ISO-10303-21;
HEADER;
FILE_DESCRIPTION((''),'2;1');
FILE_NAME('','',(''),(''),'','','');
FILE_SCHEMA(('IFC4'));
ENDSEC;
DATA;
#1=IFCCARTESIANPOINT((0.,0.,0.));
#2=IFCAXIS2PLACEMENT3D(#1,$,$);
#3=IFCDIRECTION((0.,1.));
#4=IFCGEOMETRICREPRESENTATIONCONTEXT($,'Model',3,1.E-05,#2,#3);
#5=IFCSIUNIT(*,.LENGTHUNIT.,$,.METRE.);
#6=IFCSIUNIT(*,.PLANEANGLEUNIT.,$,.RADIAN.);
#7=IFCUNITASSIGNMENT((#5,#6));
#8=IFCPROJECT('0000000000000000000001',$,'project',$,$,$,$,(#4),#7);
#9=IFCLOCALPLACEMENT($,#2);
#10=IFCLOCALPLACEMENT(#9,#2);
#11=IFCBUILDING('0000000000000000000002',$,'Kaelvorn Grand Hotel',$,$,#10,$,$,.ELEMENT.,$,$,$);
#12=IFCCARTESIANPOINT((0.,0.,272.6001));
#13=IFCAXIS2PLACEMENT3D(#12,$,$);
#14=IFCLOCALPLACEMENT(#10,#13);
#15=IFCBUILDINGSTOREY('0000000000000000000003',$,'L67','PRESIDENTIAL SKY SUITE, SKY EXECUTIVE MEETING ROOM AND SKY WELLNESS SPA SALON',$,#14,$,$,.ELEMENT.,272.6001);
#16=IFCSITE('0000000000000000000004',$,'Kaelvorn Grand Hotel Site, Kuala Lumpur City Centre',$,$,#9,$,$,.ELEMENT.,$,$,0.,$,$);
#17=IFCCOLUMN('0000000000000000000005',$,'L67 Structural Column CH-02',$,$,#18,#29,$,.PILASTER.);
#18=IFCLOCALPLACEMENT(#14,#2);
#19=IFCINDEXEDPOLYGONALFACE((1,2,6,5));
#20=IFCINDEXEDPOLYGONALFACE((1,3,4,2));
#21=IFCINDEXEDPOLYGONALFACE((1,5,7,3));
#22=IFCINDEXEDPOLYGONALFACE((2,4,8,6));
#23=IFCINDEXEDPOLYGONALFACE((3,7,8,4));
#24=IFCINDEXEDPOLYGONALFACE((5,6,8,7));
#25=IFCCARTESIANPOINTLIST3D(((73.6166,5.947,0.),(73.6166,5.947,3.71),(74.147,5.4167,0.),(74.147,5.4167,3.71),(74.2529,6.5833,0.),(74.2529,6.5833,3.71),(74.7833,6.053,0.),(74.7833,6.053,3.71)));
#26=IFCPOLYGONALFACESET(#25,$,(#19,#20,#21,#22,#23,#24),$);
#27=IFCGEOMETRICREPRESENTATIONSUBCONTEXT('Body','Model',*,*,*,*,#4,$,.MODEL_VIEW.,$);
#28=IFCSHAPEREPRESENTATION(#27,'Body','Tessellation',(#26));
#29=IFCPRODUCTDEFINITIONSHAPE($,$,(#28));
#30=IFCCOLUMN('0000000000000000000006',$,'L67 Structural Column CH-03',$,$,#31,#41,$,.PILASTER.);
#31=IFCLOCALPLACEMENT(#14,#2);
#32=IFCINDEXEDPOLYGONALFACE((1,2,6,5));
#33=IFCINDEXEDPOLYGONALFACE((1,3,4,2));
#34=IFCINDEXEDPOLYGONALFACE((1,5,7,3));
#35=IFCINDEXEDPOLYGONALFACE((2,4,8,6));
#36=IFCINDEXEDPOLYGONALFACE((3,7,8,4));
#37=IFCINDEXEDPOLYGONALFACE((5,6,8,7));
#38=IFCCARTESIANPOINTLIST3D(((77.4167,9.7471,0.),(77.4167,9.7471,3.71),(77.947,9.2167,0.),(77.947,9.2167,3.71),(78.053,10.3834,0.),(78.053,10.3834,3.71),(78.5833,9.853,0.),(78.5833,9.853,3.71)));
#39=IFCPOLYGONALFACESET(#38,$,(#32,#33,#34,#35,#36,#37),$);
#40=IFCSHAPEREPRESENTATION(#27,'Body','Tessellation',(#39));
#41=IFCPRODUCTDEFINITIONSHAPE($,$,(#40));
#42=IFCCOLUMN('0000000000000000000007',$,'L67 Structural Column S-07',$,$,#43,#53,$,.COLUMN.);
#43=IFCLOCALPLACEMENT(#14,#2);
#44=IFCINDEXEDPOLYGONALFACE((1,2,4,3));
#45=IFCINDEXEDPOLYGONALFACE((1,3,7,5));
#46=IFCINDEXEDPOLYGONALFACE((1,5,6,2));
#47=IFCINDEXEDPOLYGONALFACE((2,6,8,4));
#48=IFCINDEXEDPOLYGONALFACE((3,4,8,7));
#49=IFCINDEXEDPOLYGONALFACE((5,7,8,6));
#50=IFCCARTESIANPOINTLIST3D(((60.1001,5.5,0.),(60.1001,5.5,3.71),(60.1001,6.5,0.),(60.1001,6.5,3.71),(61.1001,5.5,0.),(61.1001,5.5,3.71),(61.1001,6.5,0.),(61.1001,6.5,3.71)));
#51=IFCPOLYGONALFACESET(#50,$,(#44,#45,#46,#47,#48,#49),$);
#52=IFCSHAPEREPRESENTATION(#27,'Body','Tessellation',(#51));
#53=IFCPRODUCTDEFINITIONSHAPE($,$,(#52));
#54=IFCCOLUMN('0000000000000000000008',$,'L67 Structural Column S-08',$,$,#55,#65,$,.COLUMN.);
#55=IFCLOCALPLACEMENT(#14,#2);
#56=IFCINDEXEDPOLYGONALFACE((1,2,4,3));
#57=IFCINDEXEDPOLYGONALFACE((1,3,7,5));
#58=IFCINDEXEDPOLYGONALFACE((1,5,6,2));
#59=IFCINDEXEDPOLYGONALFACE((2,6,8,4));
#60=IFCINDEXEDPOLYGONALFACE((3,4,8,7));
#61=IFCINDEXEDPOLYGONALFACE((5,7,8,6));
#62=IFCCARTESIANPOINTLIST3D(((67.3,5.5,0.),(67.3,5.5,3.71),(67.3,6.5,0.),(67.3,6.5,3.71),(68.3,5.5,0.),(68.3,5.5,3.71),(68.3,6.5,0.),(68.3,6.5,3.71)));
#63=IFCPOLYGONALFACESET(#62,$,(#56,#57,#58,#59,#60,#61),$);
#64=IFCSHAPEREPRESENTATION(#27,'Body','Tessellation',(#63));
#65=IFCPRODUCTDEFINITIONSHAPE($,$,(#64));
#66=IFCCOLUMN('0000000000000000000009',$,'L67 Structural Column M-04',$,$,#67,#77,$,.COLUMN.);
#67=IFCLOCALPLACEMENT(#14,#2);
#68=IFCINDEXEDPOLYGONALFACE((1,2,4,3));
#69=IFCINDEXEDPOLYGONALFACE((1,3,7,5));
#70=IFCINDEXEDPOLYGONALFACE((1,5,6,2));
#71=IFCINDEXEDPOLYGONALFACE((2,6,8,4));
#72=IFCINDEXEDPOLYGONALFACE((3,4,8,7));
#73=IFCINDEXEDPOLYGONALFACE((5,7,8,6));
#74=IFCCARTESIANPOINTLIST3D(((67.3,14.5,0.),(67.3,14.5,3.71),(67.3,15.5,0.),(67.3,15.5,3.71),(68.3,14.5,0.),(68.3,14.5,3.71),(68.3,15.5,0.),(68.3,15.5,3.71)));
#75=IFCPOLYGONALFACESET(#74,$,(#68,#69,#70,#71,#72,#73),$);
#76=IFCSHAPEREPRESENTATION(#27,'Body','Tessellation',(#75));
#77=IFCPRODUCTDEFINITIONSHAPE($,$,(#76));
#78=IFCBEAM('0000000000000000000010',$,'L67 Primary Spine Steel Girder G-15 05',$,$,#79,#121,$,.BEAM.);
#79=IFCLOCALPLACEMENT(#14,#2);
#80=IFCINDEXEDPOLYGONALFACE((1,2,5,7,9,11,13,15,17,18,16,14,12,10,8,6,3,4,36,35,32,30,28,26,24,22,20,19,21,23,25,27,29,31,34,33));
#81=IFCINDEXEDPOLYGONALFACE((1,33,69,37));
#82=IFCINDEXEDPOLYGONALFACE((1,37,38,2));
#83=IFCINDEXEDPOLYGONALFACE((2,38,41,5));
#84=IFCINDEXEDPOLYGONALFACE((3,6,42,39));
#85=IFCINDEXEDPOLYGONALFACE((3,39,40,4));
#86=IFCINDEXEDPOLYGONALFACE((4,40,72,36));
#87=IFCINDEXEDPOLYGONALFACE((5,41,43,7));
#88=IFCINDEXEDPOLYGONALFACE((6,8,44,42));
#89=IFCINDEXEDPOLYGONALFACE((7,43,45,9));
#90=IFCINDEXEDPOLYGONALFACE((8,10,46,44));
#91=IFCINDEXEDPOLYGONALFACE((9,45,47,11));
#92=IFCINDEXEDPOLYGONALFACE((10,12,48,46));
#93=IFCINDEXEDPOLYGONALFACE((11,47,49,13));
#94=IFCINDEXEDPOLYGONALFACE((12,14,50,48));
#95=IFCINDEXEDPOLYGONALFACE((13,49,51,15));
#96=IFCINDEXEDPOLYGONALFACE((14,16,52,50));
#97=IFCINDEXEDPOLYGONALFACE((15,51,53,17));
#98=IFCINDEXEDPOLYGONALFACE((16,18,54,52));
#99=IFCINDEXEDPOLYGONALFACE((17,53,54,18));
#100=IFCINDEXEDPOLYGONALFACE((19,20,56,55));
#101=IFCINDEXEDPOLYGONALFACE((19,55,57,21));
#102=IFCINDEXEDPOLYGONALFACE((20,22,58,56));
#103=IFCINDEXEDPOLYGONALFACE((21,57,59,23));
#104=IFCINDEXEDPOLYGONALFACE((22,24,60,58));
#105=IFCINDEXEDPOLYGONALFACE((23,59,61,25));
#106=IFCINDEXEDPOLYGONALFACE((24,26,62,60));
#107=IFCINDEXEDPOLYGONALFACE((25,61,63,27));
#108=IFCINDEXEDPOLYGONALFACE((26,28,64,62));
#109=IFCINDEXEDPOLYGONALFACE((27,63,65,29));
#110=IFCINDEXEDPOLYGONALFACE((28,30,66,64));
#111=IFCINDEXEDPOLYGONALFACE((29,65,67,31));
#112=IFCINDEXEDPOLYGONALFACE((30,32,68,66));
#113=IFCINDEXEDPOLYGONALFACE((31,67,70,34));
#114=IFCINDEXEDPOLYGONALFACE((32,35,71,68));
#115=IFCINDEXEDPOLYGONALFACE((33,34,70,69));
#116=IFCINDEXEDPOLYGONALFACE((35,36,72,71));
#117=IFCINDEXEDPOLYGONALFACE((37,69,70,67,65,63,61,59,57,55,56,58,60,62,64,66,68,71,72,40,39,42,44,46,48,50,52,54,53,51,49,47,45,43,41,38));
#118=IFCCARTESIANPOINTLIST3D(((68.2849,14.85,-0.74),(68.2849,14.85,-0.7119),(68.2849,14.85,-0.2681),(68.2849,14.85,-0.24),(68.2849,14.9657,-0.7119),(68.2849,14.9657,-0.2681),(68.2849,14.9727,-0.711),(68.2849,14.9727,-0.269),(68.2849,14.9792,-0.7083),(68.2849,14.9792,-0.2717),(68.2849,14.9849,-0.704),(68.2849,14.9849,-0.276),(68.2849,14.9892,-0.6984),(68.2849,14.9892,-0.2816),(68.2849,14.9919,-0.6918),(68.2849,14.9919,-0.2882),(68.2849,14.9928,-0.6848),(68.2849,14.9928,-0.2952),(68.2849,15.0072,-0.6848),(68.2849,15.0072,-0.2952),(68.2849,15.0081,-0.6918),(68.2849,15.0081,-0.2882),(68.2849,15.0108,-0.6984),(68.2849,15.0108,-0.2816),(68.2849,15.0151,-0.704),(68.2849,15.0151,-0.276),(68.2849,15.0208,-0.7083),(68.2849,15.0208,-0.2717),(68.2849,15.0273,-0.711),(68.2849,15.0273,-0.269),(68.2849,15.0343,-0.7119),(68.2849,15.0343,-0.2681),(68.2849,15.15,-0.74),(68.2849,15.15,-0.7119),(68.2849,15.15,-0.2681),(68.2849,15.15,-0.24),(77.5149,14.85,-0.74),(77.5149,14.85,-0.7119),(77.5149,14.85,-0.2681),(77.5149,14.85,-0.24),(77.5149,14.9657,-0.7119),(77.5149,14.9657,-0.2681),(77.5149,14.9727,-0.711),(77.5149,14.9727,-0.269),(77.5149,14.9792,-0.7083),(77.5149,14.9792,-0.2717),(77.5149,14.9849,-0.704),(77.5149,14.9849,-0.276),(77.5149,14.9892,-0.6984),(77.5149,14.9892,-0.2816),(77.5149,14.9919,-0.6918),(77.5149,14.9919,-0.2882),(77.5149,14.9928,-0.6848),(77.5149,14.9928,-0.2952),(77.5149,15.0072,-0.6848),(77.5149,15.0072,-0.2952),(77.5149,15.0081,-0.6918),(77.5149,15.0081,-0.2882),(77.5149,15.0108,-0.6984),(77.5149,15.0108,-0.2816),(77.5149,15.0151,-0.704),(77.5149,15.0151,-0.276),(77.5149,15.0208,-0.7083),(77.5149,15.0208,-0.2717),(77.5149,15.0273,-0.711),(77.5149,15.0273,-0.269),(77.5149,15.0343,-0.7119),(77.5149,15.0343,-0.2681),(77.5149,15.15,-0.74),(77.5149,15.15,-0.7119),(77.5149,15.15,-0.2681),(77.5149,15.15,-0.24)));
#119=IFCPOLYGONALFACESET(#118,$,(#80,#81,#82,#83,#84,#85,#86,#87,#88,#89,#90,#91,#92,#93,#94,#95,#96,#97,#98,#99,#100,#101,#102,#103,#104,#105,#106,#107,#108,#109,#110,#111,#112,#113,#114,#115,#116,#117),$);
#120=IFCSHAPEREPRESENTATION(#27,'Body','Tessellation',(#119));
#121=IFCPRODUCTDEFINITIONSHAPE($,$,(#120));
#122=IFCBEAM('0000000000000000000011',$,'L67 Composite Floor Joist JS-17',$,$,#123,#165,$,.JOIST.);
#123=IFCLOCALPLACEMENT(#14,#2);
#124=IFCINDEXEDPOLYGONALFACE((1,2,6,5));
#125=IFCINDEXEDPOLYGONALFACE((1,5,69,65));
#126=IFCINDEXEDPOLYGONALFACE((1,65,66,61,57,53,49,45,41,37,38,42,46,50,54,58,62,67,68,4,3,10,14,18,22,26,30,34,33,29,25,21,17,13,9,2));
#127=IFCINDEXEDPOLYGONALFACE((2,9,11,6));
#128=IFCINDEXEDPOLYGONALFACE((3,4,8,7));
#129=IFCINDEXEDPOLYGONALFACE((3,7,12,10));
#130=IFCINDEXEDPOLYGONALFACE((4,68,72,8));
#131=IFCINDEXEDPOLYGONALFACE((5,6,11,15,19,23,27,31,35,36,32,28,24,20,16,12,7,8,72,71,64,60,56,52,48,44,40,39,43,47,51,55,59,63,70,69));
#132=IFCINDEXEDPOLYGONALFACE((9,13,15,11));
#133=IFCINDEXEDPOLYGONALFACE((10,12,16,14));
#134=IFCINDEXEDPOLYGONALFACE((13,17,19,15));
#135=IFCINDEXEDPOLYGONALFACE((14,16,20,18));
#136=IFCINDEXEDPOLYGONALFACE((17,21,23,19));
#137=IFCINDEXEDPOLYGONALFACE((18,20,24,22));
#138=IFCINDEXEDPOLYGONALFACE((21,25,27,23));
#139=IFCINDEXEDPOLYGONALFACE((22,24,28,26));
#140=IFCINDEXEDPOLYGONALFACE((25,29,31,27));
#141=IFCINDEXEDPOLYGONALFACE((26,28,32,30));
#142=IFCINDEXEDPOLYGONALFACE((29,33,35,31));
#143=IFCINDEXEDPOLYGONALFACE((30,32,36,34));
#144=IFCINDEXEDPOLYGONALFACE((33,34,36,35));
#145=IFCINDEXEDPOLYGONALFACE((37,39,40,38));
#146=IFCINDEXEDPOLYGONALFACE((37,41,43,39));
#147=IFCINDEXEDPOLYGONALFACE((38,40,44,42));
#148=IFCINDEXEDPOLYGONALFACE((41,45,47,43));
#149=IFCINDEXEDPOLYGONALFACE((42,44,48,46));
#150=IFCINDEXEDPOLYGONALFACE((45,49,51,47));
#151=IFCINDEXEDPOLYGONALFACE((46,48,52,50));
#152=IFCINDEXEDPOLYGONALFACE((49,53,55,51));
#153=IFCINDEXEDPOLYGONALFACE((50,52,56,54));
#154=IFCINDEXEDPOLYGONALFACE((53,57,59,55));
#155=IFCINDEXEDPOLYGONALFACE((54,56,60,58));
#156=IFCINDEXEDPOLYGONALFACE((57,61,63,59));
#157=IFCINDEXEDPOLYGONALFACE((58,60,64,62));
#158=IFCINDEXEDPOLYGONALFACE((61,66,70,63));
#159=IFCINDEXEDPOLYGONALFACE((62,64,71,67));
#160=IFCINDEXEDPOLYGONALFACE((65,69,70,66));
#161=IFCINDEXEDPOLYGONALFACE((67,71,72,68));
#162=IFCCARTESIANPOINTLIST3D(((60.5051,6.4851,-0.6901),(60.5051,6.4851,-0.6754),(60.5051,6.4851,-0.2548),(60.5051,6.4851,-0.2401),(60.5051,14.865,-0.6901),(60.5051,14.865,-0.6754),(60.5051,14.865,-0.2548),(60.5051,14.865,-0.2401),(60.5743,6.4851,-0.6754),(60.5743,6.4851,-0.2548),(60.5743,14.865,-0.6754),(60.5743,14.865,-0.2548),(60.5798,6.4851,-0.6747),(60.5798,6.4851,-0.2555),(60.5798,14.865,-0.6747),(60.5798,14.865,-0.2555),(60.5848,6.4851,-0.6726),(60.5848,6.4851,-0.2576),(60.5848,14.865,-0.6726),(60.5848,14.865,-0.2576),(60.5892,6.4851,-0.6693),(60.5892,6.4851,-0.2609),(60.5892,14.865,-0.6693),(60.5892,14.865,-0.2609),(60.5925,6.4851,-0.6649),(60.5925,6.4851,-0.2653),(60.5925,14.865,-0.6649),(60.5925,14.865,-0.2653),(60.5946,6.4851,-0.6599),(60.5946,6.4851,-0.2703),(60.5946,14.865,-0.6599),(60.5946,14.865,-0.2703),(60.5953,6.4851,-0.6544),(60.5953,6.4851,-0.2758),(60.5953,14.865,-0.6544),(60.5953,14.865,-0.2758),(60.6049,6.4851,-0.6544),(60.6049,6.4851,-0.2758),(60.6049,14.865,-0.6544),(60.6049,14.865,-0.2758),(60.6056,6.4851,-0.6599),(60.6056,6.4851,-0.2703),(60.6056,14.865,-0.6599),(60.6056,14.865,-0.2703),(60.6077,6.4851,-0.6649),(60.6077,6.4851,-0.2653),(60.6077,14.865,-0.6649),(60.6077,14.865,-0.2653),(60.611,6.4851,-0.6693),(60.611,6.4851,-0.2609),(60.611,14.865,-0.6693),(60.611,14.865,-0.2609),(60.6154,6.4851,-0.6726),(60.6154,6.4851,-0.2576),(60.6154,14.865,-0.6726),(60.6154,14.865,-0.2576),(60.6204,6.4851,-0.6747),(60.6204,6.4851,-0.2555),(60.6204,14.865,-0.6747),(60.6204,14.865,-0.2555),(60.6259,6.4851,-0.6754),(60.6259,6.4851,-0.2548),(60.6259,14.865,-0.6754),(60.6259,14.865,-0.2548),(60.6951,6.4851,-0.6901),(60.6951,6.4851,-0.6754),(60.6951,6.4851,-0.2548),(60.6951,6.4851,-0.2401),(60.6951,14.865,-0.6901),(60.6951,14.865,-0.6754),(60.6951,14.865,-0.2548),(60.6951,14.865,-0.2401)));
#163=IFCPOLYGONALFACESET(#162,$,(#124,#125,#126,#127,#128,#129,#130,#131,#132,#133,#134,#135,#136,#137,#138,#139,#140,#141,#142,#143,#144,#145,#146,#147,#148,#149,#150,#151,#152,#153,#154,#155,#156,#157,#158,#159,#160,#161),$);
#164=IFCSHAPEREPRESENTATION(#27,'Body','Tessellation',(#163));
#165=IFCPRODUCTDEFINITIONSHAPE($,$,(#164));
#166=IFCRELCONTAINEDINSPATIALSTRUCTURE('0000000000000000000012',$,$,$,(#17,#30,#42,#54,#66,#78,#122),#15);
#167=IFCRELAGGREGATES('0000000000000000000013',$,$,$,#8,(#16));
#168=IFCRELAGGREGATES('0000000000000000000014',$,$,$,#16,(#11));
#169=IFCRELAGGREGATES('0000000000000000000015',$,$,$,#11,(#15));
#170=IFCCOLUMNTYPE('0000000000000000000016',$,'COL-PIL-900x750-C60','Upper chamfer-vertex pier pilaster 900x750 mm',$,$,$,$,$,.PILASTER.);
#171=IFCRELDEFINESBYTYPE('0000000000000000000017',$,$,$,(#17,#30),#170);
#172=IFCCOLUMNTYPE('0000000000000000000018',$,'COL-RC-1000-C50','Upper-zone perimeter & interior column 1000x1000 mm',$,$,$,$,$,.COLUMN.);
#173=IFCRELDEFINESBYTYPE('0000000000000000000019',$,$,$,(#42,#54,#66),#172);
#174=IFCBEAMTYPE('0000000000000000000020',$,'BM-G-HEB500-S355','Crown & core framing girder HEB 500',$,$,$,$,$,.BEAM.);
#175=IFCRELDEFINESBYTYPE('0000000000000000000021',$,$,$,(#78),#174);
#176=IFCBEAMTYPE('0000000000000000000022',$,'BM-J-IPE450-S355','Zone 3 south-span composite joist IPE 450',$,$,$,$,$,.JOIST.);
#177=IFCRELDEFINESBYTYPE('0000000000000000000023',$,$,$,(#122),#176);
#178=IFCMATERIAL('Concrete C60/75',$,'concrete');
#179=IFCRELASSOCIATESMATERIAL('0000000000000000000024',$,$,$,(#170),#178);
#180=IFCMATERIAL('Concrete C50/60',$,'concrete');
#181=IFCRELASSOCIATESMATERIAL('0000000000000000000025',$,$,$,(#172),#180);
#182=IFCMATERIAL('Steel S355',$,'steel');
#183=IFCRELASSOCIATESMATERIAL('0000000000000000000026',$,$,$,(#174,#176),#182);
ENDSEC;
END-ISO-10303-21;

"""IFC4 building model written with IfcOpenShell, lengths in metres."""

from ifc_helpers import new_model, si_unit, direction, frame, origin, origin_2d, place, context, subcontext, project, spatial, rectangle, i_section, extrude, material, material_profile, profile_set, type_object, element, save


model = new_model("IFC4")

# Units and contexts
model_context = context("Model", 3, precision=1e-05, world=origin(), true_north=direction((0.0, 1.0)))
body_context = subcontext(model_context, "Body", "Model", "MODEL_VIEW")
ifc_project = project(units=[si_unit("LENGTHUNIT", "METRE"), si_unit("PLANEANGLEUNIT", "RADIAN")], contexts=[model_context])

# Site, building, storey
site_placement = place(None, origin())
site = spatial("IfcSite", under=ifc_project, at=site_placement, Name="Kaelvorn Grand Hotel Site, Kuala Lumpur City Centre", CompositionType="ELEMENT", RefElevation=0.0)
building_placement = place(site_placement, origin())
building = spatial("IfcBuilding", under=site, at=building_placement, Name="Kaelvorn Grand Hotel", CompositionType="ELEMENT")
storey_placement = place(building_placement, frame((0.0, 0.0, 272.6001)))
storey = spatial("IfcBuildingStorey", under=building, at=storey_placement, Name="L67", Description="PRESIDENTIAL SKY SUITE, SKY EXECUTIVE MEETING ROOM AND SKY WELLNESS SPA SALON", CompositionType="ELEMENT", Elevation=272.6001)

# Columns
ifc_material_1 = material(Name="Concrete C60/75", Category="concrete")
ifc_material_profile_1 = material_profile(ifc_material_1, rectangle(XDim=0.8999, YDim=0.75, at=origin_2d()), Name="RC PILASTER 900x750")
ifc_profile_set_1 = profile_set([ifc_material_profile_1], Name="Concrete C60/75")
column_type_1 = type_object("IfcColumnType", Name="COL-PIL-900x750-C60", Description="Upper chamfer-vertex pier pilaster 900x750 mm", PredefinedType="PILASTER", material=ifc_profile_set_1)
for number, where, z_axis, x_axis, name in (
    (1, (74.2, 6.0, 0.0), (0.0, 0.0, 1.0), (0.707107, 0.707107, 0.0), "L67 Structural Column CH-02"),
    (2, (78.0, 9.8, 0.0), (0.0, 0.0, 1.0), (0.707107, 0.707107, 0.0), "L67 Structural Column CH-03"),
):
    element("IfcColumn", number, at=place(storey_placement, frame(where, z_axis=z_axis, x_axis=x_axis)), inside=storey, type_object=column_type_1, Name=name, PredefinedType="PILASTER", context=body_context, shape_type="SweptSolid", body=[
        extrude(rectangle(XDim=0.8999, YDim=0.75, at=origin_2d()), origin(), (0.0, 0.0, 1.0), 3.71),
    ])
ifc_material_2 = material(Name="Concrete C50/60", Category="concrete")
ifc_material_profile_2 = material_profile(ifc_material_2, rectangle(XDim=1.0, YDim=1.0, at=origin_2d()), Name="RC COL 1000x1000")
ifc_profile_set_2 = profile_set([ifc_material_profile_2], Name="Concrete C50/60")
column_type_2 = type_object("IfcColumnType", Name="COL-RC-1000-C50", Description="Upper-zone perimeter & interior column 1000x1000 mm", PredefinedType="COLUMN", material=ifc_profile_set_2)
for number, where, z_axis, x_axis, name in (
    (3, (60.6001, 6.0, 0.0), (0.0, 0.0, 1.0), (1.0, 0.0, 0.0), "L67 Structural Column S-07"),
    (4, (67.8, 6.0, 0.0), (0.0, 0.0, 1.0), (1.0, 0.0, 0.0), "L67 Structural Column S-08"),
    (5, (67.8, 15.0, 0.0), (0.0, 0.0, 1.0), (1.0, 0.0, 0.0), "L67 Structural Column M-04"),
):
    element("IfcColumn", number, at=place(storey_placement, frame(where, z_axis=z_axis, x_axis=x_axis)), inside=storey, type_object=column_type_2, Name=name, PredefinedType="COLUMN", context=body_context, shape_type="SweptSolid", body=[
        extrude(rectangle(XDim=1.0, YDim=1.0, at=origin_2d()), origin(), (0.0, 0.0, 1.0), 3.71),
    ])

# Beams
ifc_material_3 = material(Name="Steel S355", Category="steel")
ifc_material_profile_3 = material_profile(ifc_material_3, i_section(OverallWidth=0.3, OverallDepth=0.5, WebThickness=0.0144, FlangeThickness=0.0281, FilletRadius=0.0271, at=origin_2d()), Name="HEB 500")
ifc_profile_set_3 = profile_set([ifc_material_profile_3], Name="Steel S355")
beam_type_1 = type_object("IfcBeamType", Name="BM-G-HEB500-S355", Description="Crown & core framing girder HEB 500", PredefinedType="BEAM", material=ifc_profile_set_3)
beam_1_placement = place(storey_placement, frame((68.2849, 15.0, -0.49), z_axis=(1.0, 0.0, 0.0), x_axis=(0.0, 1.0, 0.0)))
element("IfcBeam", 6, at=beam_1_placement, inside=storey, type_object=beam_type_1, Name="L67 Primary Spine Steel Girder G-15 05", PredefinedType="BEAM", context=body_context, shape_type="SweptSolid", body=[
    extrude(i_section(OverallWidth=0.3, OverallDepth=0.5, WebThickness=0.0144, FlangeThickness=0.0281, FilletRadius=0.0271, at=origin_2d()), origin(), (0.0, 0.0, 1.0), 9.23),
])
ifc_material_profile_4 = material_profile(ifc_material_3, i_section(OverallWidth=0.1899, OverallDepth=0.45, WebThickness=0.0095, FlangeThickness=0.0146, FilletRadius=0.021, at=origin_2d()), Name="IPE 450")
ifc_profile_set_4 = profile_set([ifc_material_profile_4], Name="Steel S355")
beam_type_2 = type_object("IfcBeamType", Name="BM-J-IPE450-S355", Description="Zone 3 south-span composite joist IPE 450", PredefinedType="JOIST", material=ifc_profile_set_4)
beam_2_placement = place(storey_placement, frame((60.6001, 6.4851, -0.4651), z_axis=(0.0, 1.0, 0.0), x_axis=(-1.0, 0.0, 0.0)))
element("IfcBeam", 7, at=beam_2_placement, inside=storey, type_object=beam_type_2, Name="L67 Composite Floor Joist JS-17", PredefinedType="JOIST", context=body_context, shape_type="SweptSolid", body=[
    extrude(i_section(OverallWidth=0.1899, OverallDepth=0.45, WebThickness=0.0095, FlangeThickness=0.0146, FilletRadius=0.021, at=origin_2d()), origin(), (0.0, 0.0, 1.0), 8.3799),
])

save(model, "model.ifc")
